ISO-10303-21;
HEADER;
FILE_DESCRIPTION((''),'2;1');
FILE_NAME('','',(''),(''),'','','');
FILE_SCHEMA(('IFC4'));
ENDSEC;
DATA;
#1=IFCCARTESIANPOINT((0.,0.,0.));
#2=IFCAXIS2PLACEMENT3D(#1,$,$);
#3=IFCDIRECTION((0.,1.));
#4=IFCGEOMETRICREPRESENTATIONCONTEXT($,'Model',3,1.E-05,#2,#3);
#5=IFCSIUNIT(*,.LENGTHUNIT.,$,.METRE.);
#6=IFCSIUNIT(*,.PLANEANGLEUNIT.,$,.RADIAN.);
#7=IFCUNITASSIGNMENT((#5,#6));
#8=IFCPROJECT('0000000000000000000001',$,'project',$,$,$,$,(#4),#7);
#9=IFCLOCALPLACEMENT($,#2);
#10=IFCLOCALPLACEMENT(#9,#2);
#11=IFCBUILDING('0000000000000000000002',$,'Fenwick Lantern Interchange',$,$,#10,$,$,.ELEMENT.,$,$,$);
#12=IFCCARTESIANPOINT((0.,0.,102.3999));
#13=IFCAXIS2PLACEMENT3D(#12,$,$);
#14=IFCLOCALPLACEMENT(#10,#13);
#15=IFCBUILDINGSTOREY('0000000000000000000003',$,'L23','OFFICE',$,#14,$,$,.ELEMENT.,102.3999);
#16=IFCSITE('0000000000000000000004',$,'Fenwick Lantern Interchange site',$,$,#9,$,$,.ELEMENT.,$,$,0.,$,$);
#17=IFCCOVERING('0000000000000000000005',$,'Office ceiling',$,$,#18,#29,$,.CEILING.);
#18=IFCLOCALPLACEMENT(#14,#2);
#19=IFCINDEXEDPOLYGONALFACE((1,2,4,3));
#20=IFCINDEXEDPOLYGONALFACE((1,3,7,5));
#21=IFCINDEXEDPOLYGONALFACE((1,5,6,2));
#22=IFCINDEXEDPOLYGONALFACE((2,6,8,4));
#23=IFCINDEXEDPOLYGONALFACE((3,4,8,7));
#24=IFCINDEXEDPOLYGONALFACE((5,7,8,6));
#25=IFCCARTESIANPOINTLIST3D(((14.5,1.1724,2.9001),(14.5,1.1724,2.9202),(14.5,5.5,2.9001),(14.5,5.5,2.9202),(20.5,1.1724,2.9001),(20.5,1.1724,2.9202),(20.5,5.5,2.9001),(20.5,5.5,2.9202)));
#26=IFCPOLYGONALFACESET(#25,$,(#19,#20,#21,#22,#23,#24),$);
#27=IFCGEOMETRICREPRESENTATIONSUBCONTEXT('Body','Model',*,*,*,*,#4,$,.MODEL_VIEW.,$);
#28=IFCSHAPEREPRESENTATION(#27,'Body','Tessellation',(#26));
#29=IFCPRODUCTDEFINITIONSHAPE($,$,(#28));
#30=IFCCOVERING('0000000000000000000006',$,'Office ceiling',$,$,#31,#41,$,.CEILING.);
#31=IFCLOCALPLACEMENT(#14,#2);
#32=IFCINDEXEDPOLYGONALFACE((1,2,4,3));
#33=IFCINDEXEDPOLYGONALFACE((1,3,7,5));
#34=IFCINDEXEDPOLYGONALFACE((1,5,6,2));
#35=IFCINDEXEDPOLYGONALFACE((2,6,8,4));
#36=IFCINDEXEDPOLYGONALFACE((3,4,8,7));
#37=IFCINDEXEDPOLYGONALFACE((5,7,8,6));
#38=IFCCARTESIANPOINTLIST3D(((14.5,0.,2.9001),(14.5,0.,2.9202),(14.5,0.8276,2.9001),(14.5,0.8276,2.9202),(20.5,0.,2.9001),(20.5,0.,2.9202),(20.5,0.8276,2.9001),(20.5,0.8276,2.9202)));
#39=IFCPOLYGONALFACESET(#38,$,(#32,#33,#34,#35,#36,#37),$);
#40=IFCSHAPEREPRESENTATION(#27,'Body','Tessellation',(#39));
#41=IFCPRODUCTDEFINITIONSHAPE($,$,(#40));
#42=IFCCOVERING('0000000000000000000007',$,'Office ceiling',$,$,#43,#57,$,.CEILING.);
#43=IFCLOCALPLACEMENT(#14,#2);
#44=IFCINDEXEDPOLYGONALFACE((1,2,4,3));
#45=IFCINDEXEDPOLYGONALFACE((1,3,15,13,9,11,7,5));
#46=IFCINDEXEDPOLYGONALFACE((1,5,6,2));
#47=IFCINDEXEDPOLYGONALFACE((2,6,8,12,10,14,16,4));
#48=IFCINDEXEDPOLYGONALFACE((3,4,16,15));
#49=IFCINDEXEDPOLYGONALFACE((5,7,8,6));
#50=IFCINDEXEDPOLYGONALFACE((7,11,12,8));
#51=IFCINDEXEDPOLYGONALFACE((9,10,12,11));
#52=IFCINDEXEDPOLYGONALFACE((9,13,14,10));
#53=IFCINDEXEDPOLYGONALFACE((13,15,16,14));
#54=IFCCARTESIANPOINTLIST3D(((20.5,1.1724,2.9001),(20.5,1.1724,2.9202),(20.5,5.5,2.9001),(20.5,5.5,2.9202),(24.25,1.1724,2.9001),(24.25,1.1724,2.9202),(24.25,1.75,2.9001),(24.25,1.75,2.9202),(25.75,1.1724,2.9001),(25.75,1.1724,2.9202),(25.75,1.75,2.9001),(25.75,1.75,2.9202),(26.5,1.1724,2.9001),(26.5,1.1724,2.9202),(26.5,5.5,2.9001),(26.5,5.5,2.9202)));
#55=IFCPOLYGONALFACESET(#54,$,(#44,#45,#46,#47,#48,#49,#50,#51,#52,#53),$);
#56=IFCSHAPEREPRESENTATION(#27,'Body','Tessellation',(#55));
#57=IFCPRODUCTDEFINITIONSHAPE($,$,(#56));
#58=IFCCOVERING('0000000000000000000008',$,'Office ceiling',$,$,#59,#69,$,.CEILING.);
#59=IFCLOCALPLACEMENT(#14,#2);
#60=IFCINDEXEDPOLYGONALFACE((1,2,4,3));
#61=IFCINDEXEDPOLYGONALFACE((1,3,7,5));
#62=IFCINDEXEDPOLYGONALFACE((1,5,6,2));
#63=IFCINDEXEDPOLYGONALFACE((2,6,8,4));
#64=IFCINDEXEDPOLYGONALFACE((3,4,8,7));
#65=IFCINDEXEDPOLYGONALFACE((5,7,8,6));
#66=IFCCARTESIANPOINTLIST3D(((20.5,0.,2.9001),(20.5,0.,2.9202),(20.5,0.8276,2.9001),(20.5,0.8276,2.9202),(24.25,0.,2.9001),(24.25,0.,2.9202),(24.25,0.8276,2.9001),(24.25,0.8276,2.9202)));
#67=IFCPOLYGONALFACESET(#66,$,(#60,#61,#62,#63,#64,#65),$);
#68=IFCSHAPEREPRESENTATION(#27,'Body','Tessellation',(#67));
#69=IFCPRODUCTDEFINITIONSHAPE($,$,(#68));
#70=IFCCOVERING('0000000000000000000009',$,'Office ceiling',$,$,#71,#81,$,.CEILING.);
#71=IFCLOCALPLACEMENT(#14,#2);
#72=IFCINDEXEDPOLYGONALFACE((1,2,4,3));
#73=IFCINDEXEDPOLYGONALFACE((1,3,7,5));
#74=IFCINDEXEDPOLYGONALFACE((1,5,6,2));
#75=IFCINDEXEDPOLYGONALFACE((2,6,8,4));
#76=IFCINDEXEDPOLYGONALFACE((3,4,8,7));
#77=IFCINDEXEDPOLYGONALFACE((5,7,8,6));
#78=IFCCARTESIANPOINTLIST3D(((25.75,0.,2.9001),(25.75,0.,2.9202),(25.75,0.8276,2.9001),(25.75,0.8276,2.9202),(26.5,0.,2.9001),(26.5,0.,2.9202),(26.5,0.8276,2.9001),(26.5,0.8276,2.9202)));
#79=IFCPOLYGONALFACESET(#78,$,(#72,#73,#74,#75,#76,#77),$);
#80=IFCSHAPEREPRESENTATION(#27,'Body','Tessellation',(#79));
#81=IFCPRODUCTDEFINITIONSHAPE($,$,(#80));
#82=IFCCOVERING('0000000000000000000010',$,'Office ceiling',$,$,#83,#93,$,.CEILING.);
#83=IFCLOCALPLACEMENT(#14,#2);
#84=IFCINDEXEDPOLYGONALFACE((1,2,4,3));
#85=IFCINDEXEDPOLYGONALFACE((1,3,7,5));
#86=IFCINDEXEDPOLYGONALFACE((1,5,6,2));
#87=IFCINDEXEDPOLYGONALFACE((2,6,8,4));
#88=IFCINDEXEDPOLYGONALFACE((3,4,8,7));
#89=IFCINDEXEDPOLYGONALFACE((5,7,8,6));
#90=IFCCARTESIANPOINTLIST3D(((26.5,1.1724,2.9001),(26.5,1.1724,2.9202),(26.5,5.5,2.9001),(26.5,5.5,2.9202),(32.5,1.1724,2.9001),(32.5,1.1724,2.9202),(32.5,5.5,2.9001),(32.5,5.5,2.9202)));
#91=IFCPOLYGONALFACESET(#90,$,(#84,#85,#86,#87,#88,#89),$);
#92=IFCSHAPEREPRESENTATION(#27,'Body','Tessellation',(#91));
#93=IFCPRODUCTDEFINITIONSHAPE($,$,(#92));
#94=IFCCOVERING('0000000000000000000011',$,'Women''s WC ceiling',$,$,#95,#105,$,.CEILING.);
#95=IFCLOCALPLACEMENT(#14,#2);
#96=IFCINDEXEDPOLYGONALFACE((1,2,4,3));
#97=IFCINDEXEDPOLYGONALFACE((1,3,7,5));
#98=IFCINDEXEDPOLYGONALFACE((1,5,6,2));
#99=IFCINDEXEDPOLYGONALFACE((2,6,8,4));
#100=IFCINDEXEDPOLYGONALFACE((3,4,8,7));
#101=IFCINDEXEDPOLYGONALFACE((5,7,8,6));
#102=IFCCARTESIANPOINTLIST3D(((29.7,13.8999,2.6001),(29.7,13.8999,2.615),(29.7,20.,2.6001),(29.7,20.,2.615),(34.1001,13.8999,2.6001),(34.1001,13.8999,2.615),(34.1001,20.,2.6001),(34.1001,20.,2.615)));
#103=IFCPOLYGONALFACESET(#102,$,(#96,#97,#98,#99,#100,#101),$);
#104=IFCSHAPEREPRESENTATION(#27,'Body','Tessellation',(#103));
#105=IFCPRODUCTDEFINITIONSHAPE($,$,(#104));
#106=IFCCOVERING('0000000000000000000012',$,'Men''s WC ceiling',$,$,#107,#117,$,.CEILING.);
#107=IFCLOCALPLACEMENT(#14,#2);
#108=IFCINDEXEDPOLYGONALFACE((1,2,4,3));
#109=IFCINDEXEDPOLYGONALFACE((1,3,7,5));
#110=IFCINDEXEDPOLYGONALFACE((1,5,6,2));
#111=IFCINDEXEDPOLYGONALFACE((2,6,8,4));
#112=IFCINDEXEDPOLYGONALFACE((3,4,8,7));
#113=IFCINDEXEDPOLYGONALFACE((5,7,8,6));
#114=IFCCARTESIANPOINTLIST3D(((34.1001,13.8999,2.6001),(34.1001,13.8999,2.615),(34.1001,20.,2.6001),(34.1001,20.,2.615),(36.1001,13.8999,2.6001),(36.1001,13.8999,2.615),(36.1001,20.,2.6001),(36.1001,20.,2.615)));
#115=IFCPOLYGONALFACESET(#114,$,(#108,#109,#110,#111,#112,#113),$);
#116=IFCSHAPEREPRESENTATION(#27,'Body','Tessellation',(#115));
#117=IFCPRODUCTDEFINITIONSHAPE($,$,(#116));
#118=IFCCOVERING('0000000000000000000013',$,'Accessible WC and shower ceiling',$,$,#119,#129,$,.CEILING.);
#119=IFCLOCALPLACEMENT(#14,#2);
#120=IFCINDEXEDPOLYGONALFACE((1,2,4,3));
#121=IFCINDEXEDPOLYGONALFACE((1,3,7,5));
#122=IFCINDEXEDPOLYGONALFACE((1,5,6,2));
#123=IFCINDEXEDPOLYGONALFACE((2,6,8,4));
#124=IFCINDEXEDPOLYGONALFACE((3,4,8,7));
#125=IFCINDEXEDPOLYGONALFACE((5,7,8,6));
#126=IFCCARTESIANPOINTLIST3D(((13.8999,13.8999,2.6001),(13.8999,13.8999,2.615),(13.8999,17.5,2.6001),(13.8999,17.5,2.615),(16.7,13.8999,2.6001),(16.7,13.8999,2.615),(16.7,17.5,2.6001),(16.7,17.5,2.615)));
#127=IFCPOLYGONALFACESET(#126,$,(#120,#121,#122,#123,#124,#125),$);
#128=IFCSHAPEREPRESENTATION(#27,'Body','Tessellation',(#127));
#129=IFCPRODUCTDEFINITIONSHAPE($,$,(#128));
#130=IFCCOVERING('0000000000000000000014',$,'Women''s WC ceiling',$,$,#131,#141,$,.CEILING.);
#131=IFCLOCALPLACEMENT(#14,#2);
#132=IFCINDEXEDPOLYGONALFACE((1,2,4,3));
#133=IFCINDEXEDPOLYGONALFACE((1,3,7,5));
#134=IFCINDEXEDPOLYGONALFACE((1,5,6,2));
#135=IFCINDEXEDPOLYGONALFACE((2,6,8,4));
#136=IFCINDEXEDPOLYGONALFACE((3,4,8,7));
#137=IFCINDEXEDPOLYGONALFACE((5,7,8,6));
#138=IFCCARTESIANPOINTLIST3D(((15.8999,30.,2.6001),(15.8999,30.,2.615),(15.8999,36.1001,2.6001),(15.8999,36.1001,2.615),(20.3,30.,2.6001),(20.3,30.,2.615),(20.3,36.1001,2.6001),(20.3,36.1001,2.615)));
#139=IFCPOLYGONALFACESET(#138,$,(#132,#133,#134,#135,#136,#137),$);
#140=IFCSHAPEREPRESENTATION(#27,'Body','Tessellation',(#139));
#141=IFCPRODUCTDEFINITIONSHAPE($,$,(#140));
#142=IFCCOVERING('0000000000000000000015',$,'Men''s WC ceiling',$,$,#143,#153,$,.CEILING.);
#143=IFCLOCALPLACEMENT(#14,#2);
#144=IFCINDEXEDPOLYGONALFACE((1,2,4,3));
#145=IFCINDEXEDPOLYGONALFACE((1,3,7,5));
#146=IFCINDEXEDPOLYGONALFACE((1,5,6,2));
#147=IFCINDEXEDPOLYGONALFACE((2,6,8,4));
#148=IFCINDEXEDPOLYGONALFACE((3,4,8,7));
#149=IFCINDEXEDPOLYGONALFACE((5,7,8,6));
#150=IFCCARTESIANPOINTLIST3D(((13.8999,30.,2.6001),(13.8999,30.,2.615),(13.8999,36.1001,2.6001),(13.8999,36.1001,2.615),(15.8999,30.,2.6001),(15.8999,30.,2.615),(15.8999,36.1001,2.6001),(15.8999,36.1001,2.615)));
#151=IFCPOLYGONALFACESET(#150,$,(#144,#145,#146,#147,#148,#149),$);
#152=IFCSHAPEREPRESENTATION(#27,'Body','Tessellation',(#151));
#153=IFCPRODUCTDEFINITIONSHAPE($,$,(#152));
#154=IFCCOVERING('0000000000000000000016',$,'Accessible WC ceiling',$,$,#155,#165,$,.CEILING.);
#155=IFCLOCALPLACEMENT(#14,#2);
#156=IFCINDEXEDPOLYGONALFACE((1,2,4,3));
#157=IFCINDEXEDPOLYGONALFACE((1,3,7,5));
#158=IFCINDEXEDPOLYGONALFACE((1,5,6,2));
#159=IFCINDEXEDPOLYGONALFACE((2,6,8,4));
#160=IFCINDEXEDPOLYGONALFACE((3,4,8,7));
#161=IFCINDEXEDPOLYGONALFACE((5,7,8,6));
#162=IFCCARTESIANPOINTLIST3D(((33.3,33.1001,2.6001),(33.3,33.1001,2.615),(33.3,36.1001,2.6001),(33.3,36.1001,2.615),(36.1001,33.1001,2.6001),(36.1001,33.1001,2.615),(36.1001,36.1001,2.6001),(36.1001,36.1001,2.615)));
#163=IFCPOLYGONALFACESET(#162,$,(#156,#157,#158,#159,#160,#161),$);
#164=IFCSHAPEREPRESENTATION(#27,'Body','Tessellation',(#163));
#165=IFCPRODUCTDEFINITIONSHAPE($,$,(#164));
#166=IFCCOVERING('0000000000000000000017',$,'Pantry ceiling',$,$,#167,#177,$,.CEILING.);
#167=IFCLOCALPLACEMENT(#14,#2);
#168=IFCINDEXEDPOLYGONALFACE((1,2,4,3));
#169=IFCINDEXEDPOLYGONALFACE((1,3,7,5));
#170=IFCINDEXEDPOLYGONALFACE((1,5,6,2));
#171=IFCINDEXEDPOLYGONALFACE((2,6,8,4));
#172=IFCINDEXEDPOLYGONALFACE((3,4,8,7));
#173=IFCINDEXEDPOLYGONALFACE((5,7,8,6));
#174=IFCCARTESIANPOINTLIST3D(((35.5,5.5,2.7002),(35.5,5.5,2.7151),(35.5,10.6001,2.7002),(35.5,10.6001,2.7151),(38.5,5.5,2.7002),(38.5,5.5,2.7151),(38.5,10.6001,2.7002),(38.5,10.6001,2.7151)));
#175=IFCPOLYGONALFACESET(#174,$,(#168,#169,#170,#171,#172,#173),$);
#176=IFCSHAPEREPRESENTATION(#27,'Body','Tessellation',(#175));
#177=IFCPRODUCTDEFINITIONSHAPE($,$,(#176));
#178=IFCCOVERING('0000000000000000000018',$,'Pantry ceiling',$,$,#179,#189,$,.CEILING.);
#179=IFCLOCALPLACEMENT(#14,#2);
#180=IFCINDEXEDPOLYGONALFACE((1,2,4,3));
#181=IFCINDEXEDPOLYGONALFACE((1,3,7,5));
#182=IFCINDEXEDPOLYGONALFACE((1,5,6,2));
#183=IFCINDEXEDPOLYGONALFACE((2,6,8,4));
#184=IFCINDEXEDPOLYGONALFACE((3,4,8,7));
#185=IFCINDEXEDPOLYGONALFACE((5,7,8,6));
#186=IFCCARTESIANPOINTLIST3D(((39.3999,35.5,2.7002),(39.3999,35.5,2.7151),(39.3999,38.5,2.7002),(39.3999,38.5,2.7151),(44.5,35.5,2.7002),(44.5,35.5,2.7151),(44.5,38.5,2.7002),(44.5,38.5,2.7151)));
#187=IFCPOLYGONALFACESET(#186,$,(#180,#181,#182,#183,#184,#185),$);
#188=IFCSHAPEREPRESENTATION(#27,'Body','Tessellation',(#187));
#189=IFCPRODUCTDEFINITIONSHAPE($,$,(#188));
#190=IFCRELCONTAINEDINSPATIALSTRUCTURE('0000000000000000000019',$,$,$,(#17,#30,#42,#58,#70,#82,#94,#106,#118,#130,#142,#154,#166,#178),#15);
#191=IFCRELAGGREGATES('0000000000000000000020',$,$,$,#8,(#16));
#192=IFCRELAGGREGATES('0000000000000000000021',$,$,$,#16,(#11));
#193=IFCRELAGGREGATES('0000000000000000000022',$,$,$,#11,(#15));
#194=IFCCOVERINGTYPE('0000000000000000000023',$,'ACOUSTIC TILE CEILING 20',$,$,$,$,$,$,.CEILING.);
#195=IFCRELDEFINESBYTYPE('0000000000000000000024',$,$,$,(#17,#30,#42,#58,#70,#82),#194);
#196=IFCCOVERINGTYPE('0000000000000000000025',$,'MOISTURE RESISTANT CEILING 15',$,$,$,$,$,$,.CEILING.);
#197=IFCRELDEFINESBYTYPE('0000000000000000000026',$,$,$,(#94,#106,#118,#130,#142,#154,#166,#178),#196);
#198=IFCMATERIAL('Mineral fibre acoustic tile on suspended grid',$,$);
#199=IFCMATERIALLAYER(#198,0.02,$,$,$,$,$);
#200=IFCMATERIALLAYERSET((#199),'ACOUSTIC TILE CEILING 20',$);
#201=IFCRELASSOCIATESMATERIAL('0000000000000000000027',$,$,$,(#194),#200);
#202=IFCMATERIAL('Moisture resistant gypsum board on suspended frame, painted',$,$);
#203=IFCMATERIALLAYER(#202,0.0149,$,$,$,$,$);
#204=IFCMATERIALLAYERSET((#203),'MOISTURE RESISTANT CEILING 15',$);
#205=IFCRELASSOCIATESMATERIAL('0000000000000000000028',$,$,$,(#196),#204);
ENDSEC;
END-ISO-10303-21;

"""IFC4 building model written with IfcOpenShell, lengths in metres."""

from ifc_helpers import new_model, si_unit, direction, frame, origin, place, context, subcontext, project, spatial, polyline, outline, extrude, material, layer, layer_set, type_object, element, save


model = new_model("IFC4")

# Units and contexts
model_context = context("Model", 3, precision=1e-05, world=origin(), true_north=direction((0.0, 1.0)))
body_context = subcontext(model_context, "Body", "Model", "MODEL_VIEW")
ifc_project = project(units=[si_unit("LENGTHUNIT", "METRE"), si_unit("PLANEANGLEUNIT", "RADIAN")], contexts=[model_context])

# Site, building, storey
site_placement = place(None, origin())
site = spatial("IfcSite", under=ifc_project, at=site_placement, Name="Fenwick Lantern Interchange site", CompositionType="ELEMENT", RefElevation=0.0)
building_placement = place(site_placement, origin())
building = spatial("IfcBuilding", under=site, at=building_placement, Name="Fenwick Lantern Interchange", CompositionType="ELEMENT")
storey_placement = place(building_placement, frame((0.0, 0.0, 102.3999)))
storey = spatial("IfcBuildingStorey", under=building, at=storey_placement, Name="L23", Description="OFFICE", CompositionType="ELEMENT", Elevation=102.3999)

# Coverings
ifc_material_1 = material(Name="Mineral fibre acoustic tile on suspended grid")
ifc_layer_1 = layer(ifc_material_1, 0.02)
ifc_layer_set_1 = layer_set([ifc_layer_1], Name="ACOUSTIC TILE CEILING 20")
covering_type_1 = type_object("IfcCoveringType", Name="ACOUSTIC TILE CEILING 20", PredefinedType="CEILING", material=ifc_layer_set_1)
covering_1_placement = place(storey_placement, frame((0.0, 0.0, 2.9001)))
element("IfcCovering", 1, at=covering_1_placement, inside=storey, type_object=covering_type_1, Name="Office ceiling", PredefinedType="CEILING", context=body_context, shape_type="SweptSolid", body=[
    extrude(outline(polyline([(14.5, 5.5), (14.5, 1.1724), (20.5, 1.1724), (20.5, 5.5), (14.5, 5.5)])), origin(), (0.0, 0.0, 1.0), 0.02),
])
covering_2_placement = place(storey_placement, frame((0.0, 0.0, 2.9001)))
element("IfcCovering", 2, at=covering_2_placement, inside=storey, type_object=covering_type_1, Name="Office ceiling", PredefinedType="CEILING", context=body_context, shape_type="SweptSolid", body=[
    extrude(outline(polyline([(20.5, 0.0), (20.5, 0.8276), (14.5, 0.8276), (14.5, 0.0), (20.5, 0.0)])), origin(), (0.0, 0.0, 1.0), 0.02),
])
covering_3_placement = place(storey_placement, frame((0.0, 0.0, 2.9001)))
element("IfcCovering", 3, at=covering_3_placement, inside=storey, type_object=covering_type_1, Name="Office ceiling", PredefinedType="CEILING", context=body_context, shape_type="SweptSolid", body=[
    extrude(outline(polyline([(20.5, 5.5), (20.5, 1.1724), (24.25, 1.1724), (24.25, 1.75), (25.75, 1.75), (25.75, 1.1724), (26.5, 1.1724), (26.5, 5.5), (20.5, 5.5)])), origin(), (0.0, 0.0, 1.0), 0.02),
])
covering_4_placement = place(storey_placement, frame((0.0, 0.0, 2.9001)))
element("IfcCovering", 4, at=covering_4_placement, inside=storey, type_object=covering_type_1, Name="Office ceiling", PredefinedType="CEILING", context=body_context, shape_type="SweptSolid", body=[
    extrude(outline(polyline([(20.5, 0.8276), (20.5, 0.0), (24.25, 0.0), (24.25, 0.8276), (20.5, 0.8276)])), origin(), (0.0, 0.0, 1.0), 0.02),
])
covering_5_placement = place(storey_placement, frame((0.0, 0.0, 2.9001)))
element("IfcCovering", 5, at=covering_5_placement, inside=storey, type_object=covering_type_1, Name="Office ceiling", PredefinedType="CEILING", context=body_context, shape_type="SweptSolid", body=[
    extrude(outline(polyline([(26.5, 0.0), (26.5, 0.8276), (25.75, 0.8276), (25.75, 0.0), (26.5, 0.0)])), origin(), (0.0, 0.0, 1.0), 0.02),
])
covering_6_placement = place(storey_placement, frame((0.0, 0.0, 2.9001)))
element("IfcCovering", 6, at=covering_6_placement, inside=storey, type_object=covering_type_1, Name="Office ceiling", PredefinedType="CEILING", context=body_context, shape_type="SweptSolid", body=[
    extrude(outline(polyline([(26.5, 5.5), (26.5, 1.1724), (32.5, 1.1724), (32.5, 5.5), (26.5, 5.5)])), origin(), (0.0, 0.0, 1.0), 0.02),
])
ifc_material_2 = material(Name="Moisture resistant gypsum board on suspended frame, painted")
ifc_layer_2 = layer(ifc_material_2, 0.0149)
ifc_layer_set_2 = layer_set([ifc_layer_2], Name="MOISTURE RESISTANT CEILING 15")
covering_type_2 = type_object("IfcCoveringType", Name="MOISTURE RESISTANT CEILING 15", PredefinedType="CEILING", material=ifc_layer_set_2)
covering_7_placement = place(storey_placement, frame((0.0, 0.0, 2.6001)))
element("IfcCovering", 7, at=covering_7_placement, inside=storey, type_object=covering_type_2, Name="Women's WC ceiling", PredefinedType="CEILING", context=body_context, shape_type="SweptSolid", body=[
    extrude(outline(polyline([(29.7, 13.8999), (34.1001, 13.8999), (34.1001, 20.0), (29.7, 20.0), (29.7, 13.8999)])), origin(), (0.0, 0.0, 1.0), 0.0149),
])
covering_8_placement = place(storey_placement, frame((0.0, 0.0, 2.6001)))
element("IfcCovering", 8, at=covering_8_placement, inside=storey, type_object=covering_type_2, Name="Men's WC ceiling", PredefinedType="CEILING", context=body_context, shape_type="SweptSolid", body=[
    extrude(outline(polyline([(34.1001, 13.8999), (36.1001, 13.8999), (36.1001, 20.0), (34.1001, 20.0), (34.1001, 13.8999)])), origin(), (0.0, 0.0, 1.0), 0.0149),
])
covering_9_placement = place(storey_placement, frame((0.0, 0.0, 2.6001)))
element("IfcCovering", 9, at=covering_9_placement, inside=storey, type_object=covering_type_2, Name="Accessible WC and shower ceiling", PredefinedType="CEILING", context=body_context, shape_type="SweptSolid", body=[
    extrude(outline(polyline([(13.8999, 13.8999), (16.7, 13.8999), (16.7, 17.5), (13.8999, 17.5), (13.8999, 13.8999)])), origin(), (0.0, 0.0, 1.0), 0.0149),
])
covering_10_placement = place(storey_placement, frame((0.0, 0.0, 2.6001)))
element("IfcCovering", 10, at=covering_10_placement, inside=storey, type_object=covering_type_2, Name="Women's WC ceiling", PredefinedType="CEILING", context=body_context, shape_type="SweptSolid", body=[
    extrude(outline(polyline([(20.3, 36.1001), (15.8999, 36.1001), (15.8999, 30.0), (20.3, 30.0), (20.3, 36.1001)])), origin(), (0.0, 0.0, 1.0), 0.0149),
])
covering_11_placement = place(storey_placement, frame((0.0, 0.0, 2.6001)))
element("IfcCovering", 11, at=covering_11_placement, inside=storey, type_object=covering_type_2, Name="Men's WC ceiling", PredefinedType="CEILING", context=body_context, shape_type="SweptSolid", body=[
    extrude(outline(polyline([(15.8999, 36.1001), (13.8999, 36.1001), (13.8999, 30.0), (15.8999, 30.0), (15.8999, 36.1001)])), origin(), (0.0, 0.0, 1.0), 0.0149),
])
covering_12_placement = place(storey_placement, frame((0.0, 0.0, 2.6001)))
element("IfcCovering", 12, at=covering_12_placement, inside=storey, type_object=covering_type_2, Name="Accessible WC ceiling", PredefinedType="CEILING", context=body_context, shape_type="SweptSolid", body=[
    extrude(outline(polyline([(36.1001, 36.1001), (33.3, 36.1001), (33.3, 33.1001), (36.1001, 33.1001), (36.1001, 36.1001)])), origin(), (0.0, 0.0, 1.0), 0.0149),
])
covering_13_placement = place(storey_placement, frame((0.0, 0.0, 2.7002)))
element("IfcCovering", 13, at=covering_13_placement, inside=storey, type_object=covering_type_2, Name="Pantry ceiling", PredefinedType="CEILING", context=body_context, shape_type="SweptSolid", body=[
    extrude(outline(polyline([(35.5, 5.5), (38.5, 5.5), (38.5, 10.6001), (35.5, 10.6001), (35.5, 5.5)])), origin(), (0.0, 0.0, 1.0), 0.0149),
])
covering_14_placement = place(storey_placement, frame((0.0, 0.0, 2.7002)))
element("IfcCovering", 14, at=covering_14_placement, inside=storey, type_object=covering_type_2, Name="Pantry ceiling", PredefinedType="CEILING", context=body_context, shape_type="SweptSolid", body=[
    extrude(outline(polyline([(44.5, 35.5), (44.5, 38.5), (39.3999, 38.5), (39.3999, 35.5), (44.5, 35.5)])), origin(), (0.0, 0.0, 1.0), 0.0149),
])

save(model, "model.ifc")
